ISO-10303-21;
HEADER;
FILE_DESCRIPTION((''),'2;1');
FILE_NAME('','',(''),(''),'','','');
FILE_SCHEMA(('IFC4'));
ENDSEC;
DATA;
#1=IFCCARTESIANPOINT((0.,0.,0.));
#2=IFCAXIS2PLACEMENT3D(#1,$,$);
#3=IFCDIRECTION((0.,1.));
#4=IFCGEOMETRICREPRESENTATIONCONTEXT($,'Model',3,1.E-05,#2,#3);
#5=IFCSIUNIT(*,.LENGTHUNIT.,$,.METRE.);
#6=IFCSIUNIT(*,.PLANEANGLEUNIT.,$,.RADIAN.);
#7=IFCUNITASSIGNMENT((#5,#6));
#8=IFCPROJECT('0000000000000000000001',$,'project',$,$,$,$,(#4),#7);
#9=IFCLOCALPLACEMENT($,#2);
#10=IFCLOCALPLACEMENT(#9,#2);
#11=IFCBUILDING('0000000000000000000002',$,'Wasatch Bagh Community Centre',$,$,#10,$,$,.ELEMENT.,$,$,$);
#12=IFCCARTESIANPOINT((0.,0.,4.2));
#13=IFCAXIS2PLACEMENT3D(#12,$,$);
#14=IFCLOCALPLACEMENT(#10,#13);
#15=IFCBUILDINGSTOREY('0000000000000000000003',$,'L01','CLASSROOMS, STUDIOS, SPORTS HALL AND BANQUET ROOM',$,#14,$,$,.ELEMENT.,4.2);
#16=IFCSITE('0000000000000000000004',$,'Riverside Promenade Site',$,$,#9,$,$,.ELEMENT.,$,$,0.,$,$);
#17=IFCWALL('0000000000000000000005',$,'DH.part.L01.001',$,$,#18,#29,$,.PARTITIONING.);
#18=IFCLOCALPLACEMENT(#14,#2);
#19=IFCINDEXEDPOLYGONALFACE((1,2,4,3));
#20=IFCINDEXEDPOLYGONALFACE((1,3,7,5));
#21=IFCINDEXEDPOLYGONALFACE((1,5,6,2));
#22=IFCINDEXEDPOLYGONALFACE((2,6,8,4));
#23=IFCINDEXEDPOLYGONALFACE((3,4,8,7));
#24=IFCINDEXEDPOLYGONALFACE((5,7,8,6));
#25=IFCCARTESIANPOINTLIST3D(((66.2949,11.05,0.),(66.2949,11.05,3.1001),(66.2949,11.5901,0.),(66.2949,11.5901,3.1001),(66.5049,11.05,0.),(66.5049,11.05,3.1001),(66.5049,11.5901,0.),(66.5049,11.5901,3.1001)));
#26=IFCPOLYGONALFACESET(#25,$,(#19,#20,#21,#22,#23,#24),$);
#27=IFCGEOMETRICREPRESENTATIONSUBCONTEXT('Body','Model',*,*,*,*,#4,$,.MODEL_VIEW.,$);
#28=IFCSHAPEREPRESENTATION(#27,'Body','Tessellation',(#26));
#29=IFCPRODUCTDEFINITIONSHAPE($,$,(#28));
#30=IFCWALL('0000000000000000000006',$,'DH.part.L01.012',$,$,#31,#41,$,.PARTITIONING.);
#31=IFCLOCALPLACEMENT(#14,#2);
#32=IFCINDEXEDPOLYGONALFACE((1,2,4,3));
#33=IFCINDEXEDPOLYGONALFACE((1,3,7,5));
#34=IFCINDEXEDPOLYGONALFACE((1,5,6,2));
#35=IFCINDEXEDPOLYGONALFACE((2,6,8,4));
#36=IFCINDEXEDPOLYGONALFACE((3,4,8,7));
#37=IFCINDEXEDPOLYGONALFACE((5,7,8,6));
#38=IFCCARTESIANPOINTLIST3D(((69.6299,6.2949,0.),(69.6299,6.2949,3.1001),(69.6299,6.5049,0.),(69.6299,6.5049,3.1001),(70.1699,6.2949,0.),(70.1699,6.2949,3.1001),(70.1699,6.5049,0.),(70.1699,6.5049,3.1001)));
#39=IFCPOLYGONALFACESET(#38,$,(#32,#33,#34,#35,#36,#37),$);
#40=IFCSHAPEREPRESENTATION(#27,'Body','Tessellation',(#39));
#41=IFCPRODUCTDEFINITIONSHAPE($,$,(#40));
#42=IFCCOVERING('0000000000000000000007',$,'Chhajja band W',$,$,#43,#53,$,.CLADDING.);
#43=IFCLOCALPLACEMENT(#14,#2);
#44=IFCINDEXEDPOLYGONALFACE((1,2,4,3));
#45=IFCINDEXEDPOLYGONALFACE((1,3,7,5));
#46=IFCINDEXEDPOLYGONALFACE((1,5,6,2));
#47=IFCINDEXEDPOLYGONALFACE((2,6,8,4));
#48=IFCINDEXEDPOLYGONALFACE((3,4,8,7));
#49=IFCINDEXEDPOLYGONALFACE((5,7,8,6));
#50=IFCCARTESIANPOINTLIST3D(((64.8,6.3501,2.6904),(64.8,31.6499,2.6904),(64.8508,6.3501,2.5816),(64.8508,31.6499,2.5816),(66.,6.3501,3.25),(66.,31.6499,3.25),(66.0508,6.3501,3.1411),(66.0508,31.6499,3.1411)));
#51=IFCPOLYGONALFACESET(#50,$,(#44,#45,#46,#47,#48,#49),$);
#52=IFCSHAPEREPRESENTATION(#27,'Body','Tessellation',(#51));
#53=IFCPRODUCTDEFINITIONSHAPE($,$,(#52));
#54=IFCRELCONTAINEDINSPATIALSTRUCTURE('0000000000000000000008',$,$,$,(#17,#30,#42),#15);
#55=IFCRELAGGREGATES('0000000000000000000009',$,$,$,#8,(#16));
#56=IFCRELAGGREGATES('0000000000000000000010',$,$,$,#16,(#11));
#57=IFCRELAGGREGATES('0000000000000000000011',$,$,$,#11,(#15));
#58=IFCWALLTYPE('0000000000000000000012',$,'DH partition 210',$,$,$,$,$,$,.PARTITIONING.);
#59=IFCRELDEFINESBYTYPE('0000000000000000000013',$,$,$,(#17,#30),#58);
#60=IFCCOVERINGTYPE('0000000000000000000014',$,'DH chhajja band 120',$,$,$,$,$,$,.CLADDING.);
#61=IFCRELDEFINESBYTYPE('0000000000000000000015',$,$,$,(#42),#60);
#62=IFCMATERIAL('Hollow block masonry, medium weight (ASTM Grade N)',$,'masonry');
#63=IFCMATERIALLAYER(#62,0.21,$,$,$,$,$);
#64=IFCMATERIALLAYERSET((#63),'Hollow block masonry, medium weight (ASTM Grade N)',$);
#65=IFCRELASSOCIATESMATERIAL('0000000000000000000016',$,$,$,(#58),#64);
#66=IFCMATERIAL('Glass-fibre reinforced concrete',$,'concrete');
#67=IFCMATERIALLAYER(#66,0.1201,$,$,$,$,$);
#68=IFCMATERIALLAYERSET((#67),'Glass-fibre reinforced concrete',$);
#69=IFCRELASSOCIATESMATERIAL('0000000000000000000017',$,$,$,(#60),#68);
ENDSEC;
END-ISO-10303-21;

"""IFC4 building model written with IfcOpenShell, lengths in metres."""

from ifc_helpers import new_model, si_unit, direction, frame, frame_2d, origin, place, context, subcontext, project, spatial, polyline, rectangle, outline, extrude, material, layer, layer_set, type_object, element, save


model = new_model("IFC4")

# Units and contexts
model_context = context("Model", 3, precision=1e-05, world=origin(), true_north=direction((0.0, 1.0)))
body_context = subcontext(model_context, "Body", "Model", "MODEL_VIEW")
ifc_project = project(units=[si_unit("LENGTHUNIT", "METRE"), si_unit("PLANEANGLEUNIT", "RADIAN")], contexts=[model_context])

# Site, building, storey
site_placement = place(None, origin())
site = spatial("IfcSite", under=ifc_project, at=site_placement, Name="Riverside Promenade Site", CompositionType="ELEMENT", RefElevation=0.0)
building_placement = place(site_placement, origin())
building = spatial("IfcBuilding", under=site, at=building_placement, Name="Wasatch Bagh Community Centre", CompositionType="ELEMENT")
storey_placement = place(building_placement, frame((0.0, 0.0, 4.2)))
storey = spatial("IfcBuildingStorey", under=building, at=storey_placement, Name="L01", Description="CLASSROOMS, STUDIOS, SPORTS HALL AND BANQUET ROOM", CompositionType="ELEMENT", Elevation=4.2)

# Walls
ifc_material_1 = material(Name="Hollow block masonry, medium weight (ASTM Grade N)", Category="masonry")
ifc_layer_1 = layer(ifc_material_1, 0.21)
ifc_layer_set_1 = layer_set([ifc_layer_1], Name="Hollow block masonry, medium weight (ASTM Grade N)")
wall_type_1 = type_object("IfcWallType", Name="DH partition 210", PredefinedType="PARTITIONING", material=ifc_layer_set_1)
for number, where, z_axis, x_axis, name in (
    (1, (66.3999, 11.5901, 0.0), (0.0, 0.0, 1.0), (0.0, -1.0, 0.0), "DH.part.L01.001"),
    (2, (69.6299, 6.3999, 0.0), (0.0, 0.0, 1.0), (1.0, 0.0, 0.0), "DH.part.L01.012"),
):
    element("IfcWall", number, at=place(storey_placement, frame(where, z_axis=z_axis, x_axis=x_axis)), inside=storey, type_object=wall_type_1, Name=name, PredefinedType="PARTITIONING", context=body_context, shape_type="SweptSolid", body=[
        extrude(rectangle(XDim=0.54, YDim=0.21, at=frame_2d((0.27, 0.0))), origin(), (0.0, 0.0, 1.0), 3.1001),
    ])

# Covering
ifc_material_2 = material(Name="Glass-fibre reinforced concrete", Category="concrete")
ifc_layer_2 = layer(ifc_material_2, 0.1201)
ifc_layer_set_2 = layer_set([ifc_layer_2], Name="Glass-fibre reinforced concrete")
covering_type = type_object("IfcCoveringType", Name="DH chhajja band 120", PredefinedType="CLADDING", material=ifc_layer_set_2)
covering_placement = place(storey_placement, frame((66.0, 6.3501, 3.25), z_axis=(-0.422633, 0.0, 0.906301), x_axis=(0.0, 1.0, 0.0)))
element("IfcCovering", 3, at=covering_placement, inside=storey, type_object=covering_type, Name="Chhajja band W", PredefinedType="CLADDING", context=body_context, shape_type="SweptSolid", body=[
    extrude(outline(polyline([(0.0, 0.0), (25.2998, 0.0), (25.2998, 1.324), (0.0, 1.324), (0.0, 0.0)])), origin(), (0.0, 0.0, -1.0), 0.1201),
])

save(model, "model.ifc")
